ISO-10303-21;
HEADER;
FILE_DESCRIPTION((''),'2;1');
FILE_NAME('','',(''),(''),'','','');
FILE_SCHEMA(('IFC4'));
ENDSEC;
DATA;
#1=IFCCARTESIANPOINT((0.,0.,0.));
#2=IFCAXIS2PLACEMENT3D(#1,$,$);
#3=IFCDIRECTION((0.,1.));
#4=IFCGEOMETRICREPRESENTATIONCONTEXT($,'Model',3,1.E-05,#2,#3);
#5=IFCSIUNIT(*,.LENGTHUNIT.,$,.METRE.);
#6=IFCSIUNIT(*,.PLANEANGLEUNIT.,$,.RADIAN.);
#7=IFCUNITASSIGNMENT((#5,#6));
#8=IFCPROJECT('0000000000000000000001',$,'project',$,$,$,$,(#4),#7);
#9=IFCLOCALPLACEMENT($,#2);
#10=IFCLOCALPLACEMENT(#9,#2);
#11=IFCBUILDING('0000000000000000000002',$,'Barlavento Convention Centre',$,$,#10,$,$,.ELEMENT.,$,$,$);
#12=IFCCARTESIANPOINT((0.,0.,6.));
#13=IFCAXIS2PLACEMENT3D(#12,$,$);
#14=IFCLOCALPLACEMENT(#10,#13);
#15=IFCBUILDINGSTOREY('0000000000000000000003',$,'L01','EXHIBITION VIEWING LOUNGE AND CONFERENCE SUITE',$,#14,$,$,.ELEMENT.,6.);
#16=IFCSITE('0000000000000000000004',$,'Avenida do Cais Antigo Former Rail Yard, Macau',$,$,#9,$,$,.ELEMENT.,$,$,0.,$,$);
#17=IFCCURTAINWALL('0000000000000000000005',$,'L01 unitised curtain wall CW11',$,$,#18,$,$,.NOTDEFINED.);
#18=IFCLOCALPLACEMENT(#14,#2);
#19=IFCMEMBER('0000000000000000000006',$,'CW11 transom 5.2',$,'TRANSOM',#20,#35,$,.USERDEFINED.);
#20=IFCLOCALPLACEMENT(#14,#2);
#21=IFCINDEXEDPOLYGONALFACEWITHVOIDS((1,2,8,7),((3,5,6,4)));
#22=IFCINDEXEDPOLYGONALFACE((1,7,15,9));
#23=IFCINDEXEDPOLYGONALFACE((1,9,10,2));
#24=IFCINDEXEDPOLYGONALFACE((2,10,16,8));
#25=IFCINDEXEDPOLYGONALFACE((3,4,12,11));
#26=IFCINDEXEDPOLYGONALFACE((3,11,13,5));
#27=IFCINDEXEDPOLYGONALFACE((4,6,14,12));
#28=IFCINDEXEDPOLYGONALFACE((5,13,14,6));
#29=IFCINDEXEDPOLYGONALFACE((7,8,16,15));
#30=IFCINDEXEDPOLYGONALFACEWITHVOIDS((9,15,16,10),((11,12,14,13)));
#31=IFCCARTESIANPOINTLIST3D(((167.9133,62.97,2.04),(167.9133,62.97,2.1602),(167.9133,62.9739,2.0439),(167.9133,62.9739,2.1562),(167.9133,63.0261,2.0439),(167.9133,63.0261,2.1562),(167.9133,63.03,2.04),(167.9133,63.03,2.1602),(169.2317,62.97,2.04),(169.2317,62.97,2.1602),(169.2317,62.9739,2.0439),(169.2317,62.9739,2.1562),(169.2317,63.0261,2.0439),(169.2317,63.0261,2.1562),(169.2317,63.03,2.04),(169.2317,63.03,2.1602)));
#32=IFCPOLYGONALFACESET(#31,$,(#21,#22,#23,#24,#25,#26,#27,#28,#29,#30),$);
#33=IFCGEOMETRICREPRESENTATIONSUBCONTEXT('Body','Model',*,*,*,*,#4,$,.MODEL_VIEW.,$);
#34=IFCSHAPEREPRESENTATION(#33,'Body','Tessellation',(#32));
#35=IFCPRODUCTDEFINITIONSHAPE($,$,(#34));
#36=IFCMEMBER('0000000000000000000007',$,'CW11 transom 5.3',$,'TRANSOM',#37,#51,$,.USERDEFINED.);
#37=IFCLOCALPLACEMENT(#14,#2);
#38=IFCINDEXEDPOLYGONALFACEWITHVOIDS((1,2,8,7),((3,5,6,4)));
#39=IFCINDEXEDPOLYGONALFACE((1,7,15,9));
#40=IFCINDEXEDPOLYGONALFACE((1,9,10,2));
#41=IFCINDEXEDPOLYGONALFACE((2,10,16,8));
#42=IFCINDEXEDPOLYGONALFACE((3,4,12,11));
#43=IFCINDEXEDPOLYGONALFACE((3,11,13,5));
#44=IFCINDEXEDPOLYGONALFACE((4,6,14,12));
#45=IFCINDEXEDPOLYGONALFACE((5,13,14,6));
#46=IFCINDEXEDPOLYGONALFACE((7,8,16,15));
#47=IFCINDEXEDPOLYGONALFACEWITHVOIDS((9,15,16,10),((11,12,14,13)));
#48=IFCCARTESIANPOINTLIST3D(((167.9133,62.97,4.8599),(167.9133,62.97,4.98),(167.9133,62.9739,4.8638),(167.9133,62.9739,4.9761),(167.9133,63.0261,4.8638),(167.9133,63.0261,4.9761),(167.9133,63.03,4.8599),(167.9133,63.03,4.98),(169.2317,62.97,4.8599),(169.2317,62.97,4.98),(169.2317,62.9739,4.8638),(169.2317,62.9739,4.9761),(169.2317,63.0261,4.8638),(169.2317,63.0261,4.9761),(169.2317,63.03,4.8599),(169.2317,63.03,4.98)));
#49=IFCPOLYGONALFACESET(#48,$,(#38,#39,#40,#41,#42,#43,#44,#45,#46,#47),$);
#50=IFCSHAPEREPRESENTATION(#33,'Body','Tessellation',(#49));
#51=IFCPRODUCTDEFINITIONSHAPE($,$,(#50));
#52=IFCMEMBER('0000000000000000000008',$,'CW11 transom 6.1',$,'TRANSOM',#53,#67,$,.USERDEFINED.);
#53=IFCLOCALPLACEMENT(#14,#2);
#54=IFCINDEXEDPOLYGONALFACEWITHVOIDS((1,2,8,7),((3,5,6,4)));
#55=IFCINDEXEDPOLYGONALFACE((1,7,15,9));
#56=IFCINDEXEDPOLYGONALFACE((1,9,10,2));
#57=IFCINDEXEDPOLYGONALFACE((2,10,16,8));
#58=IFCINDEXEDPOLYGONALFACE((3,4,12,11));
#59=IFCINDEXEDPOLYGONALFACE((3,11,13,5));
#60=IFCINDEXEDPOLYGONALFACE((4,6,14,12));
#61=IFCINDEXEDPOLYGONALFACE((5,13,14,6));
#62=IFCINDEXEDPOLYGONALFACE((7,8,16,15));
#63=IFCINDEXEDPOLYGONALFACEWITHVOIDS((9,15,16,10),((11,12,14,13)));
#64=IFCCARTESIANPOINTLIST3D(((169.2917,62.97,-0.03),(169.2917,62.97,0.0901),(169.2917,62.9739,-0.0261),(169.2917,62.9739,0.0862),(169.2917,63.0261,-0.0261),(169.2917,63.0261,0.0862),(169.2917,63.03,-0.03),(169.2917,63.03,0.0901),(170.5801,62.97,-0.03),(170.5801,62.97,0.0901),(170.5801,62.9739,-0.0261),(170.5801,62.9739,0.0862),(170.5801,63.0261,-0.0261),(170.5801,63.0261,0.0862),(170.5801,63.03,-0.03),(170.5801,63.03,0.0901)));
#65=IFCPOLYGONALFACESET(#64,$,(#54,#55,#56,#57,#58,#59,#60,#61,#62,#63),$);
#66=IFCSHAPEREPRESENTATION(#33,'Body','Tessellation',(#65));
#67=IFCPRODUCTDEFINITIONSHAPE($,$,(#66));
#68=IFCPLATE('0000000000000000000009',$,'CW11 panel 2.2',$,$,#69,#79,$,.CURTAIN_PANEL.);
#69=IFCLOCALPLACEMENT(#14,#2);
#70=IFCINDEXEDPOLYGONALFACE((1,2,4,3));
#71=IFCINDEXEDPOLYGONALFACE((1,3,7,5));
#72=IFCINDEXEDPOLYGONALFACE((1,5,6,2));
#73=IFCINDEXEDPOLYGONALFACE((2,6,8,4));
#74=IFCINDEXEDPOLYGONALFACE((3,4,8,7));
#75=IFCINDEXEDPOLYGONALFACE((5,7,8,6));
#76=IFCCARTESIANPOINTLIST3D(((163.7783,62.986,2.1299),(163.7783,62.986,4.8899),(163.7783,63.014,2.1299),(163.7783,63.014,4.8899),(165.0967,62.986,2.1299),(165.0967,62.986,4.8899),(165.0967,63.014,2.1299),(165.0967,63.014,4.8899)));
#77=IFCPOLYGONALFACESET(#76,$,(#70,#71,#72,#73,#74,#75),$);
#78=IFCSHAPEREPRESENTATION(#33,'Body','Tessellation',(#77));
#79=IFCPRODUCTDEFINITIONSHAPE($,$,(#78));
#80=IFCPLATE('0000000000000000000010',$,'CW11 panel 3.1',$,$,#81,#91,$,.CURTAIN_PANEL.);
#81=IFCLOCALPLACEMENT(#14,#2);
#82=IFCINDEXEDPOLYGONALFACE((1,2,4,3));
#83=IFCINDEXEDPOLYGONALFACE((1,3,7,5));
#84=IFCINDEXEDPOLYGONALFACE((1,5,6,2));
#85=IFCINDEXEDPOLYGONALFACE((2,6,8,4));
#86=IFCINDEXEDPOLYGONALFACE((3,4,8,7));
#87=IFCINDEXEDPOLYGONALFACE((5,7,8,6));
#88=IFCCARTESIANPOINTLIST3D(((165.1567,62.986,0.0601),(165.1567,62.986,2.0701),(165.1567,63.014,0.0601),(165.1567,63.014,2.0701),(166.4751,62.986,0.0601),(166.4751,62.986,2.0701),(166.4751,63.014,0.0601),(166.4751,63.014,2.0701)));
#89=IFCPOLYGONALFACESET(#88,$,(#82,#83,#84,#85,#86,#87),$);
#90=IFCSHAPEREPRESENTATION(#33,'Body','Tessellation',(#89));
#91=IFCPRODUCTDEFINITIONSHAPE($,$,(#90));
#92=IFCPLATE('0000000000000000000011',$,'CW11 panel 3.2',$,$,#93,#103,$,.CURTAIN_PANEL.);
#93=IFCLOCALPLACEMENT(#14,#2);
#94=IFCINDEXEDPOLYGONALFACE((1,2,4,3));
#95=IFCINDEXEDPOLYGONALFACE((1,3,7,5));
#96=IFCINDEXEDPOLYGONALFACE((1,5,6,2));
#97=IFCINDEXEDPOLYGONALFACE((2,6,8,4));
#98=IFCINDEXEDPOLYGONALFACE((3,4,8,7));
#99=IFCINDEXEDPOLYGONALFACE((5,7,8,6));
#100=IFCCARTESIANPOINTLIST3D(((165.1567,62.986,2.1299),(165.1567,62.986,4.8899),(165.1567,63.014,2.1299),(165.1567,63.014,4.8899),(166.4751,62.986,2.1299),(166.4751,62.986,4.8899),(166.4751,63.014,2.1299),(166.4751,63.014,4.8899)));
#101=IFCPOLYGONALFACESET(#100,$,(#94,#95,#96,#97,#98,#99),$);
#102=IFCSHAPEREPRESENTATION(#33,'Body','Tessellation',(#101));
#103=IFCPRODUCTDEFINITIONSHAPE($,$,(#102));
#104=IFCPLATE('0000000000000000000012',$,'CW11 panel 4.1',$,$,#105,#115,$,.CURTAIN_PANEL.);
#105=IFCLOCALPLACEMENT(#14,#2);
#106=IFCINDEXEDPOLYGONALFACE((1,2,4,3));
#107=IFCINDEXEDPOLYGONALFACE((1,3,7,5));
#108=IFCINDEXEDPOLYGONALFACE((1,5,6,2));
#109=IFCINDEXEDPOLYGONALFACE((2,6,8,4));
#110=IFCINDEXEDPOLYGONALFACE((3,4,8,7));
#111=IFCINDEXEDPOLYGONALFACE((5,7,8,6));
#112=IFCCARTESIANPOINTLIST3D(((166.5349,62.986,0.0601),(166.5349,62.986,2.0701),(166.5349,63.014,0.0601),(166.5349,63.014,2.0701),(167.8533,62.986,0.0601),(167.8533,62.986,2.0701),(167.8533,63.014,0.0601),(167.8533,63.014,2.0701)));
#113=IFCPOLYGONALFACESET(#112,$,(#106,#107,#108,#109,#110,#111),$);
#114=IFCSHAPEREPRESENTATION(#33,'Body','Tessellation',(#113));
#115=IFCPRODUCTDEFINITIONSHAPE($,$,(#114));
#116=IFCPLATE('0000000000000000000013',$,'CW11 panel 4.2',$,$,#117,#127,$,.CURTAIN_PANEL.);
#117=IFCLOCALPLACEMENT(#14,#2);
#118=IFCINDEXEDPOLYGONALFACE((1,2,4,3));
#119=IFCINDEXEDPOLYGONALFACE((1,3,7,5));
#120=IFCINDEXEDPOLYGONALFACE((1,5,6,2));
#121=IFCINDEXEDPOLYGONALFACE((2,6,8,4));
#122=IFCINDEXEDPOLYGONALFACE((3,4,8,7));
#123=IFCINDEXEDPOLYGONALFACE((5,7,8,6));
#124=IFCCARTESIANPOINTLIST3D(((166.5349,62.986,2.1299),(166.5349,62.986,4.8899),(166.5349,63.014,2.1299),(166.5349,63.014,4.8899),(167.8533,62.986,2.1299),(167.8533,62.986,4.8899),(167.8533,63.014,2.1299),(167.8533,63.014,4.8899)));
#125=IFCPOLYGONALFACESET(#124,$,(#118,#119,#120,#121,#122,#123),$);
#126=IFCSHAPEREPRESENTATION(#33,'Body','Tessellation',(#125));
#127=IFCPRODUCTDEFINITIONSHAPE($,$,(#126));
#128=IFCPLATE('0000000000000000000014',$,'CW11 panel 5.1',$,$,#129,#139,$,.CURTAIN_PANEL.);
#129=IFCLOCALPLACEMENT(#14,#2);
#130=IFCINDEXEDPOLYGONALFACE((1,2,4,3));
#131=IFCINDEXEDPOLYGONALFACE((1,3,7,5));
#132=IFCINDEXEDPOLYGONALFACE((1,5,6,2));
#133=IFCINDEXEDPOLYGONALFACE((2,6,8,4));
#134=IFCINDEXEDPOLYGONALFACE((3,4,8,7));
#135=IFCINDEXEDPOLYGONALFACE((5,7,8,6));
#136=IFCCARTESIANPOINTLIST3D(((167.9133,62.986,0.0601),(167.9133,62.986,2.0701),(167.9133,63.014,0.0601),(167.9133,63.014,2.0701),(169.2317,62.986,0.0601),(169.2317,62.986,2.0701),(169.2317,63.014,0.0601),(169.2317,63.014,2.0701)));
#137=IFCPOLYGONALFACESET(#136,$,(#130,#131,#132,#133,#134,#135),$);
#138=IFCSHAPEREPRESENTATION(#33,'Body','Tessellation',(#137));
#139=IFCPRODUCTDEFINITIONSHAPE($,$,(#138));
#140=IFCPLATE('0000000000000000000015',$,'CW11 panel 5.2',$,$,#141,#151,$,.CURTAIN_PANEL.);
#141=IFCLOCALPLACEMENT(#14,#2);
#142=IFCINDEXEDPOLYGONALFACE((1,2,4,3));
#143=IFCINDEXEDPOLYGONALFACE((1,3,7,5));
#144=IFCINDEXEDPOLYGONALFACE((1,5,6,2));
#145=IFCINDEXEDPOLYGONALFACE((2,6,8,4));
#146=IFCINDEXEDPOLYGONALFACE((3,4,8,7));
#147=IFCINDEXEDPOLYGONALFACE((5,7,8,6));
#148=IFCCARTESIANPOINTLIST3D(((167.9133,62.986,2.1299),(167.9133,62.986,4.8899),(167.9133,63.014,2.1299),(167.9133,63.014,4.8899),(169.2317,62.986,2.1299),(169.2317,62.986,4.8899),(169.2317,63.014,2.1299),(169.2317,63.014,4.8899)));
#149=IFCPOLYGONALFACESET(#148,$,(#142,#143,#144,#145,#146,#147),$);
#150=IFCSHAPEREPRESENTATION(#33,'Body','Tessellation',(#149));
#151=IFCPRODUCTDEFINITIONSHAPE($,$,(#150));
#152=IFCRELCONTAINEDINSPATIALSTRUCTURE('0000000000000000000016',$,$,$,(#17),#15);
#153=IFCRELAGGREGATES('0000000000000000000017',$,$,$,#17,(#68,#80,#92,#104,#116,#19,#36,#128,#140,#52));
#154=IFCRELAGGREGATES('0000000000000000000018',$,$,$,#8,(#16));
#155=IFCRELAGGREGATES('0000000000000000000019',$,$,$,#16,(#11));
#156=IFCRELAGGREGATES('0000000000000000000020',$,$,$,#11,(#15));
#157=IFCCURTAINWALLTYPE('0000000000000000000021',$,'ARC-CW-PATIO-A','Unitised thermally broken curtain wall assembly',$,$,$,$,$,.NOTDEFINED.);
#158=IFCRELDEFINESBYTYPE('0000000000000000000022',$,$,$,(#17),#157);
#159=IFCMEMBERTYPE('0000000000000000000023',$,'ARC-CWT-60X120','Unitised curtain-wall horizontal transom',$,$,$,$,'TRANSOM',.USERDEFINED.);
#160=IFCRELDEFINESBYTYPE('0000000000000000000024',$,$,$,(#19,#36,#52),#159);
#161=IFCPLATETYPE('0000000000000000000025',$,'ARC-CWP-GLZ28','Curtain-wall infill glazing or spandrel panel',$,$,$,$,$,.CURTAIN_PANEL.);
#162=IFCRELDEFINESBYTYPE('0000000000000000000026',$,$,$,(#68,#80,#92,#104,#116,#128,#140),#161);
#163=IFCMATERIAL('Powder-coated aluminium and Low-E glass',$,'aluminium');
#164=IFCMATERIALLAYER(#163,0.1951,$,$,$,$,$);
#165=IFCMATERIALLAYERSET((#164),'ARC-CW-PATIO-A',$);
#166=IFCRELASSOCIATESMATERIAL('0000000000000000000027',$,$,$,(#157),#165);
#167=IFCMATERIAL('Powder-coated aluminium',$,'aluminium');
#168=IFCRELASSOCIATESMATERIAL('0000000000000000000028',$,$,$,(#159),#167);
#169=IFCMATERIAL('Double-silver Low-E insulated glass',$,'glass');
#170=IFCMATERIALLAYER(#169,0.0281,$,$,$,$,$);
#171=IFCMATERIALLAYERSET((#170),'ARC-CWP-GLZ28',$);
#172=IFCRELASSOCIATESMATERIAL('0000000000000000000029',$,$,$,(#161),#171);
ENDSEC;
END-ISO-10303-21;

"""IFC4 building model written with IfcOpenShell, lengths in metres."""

from ifc_helpers import new_model, si_unit, direction, frame, origin, origin_2d, place, context, subcontext, project, spatial, rectangle, hollow_rectangle, extrude, material, layer, layer_set, material_profile, profile_set, type_object, element, aggregate, save


model = new_model("IFC4")

# Units and contexts
model_context = context("Model", 3, precision=1e-05, world=origin(), true_north=direction((0.0, 1.0)))
body_context = subcontext(model_context, "Body", "Model", "MODEL_VIEW")
ifc_project = project(units=[si_unit("LENGTHUNIT", "METRE"), si_unit("PLANEANGLEUNIT", "RADIAN")], contexts=[model_context])

# Site, building, storey
site_placement = place(None, origin())
site = spatial("IfcSite", under=ifc_project, at=site_placement, Name="Avenida do Cais Antigo Former Rail Yard, Macau", CompositionType="ELEMENT", RefElevation=0.0)
building_placement = place(site_placement, origin())
building = spatial("IfcBuilding", under=site, at=building_placement, Name="Barlavento Convention Centre", CompositionType="ELEMENT")
storey_placement = place(building_placement, frame((0.0, 0.0, 6.0)))
storey = spatial("IfcBuildingStorey", under=building, at=storey_placement, Name="L01", Description="EXHIBITION VIEWING LOUNGE AND CONFERENCE SUITE", CompositionType="ELEMENT", Elevation=6.0)

# Curtain wall, members, plates
ifc_material_1 = material(Name="Powder-coated aluminium and Low-E glass", Category="aluminium")
ifc_layer_1 = layer(ifc_material_1, 0.1951)
ifc_layer_set_1 = layer_set([ifc_layer_1], Name="ARC-CW-PATIO-A")
curtain_wall_type = type_object("IfcCurtainWallType", Name="ARC-CW-PATIO-A", Description="Unitised thermally broken curtain wall assembly", PredefinedType="NOTDEFINED", material=ifc_layer_set_1)
curtain_wall_placement = place(storey_placement, origin())
curtain_wall = element("IfcCurtainWall", 1, at=curtain_wall_placement, inside=storey, type_object=curtain_wall_type, Name="L01 unitised curtain wall CW11", PredefinedType="NOTDEFINED")
ifc_material_2 = material(Name="Powder-coated aluminium", Category="aluminium")
ifc_material_profile_1 = material_profile(ifc_material_2, hollow_rectangle(XDim=0.0601, YDim=0.1201, WallThickness=0.0039, at=origin_2d()), Name="AL-TRAN 60x120x4")
ifc_profile_set_1 = profile_set([ifc_material_profile_1], Name="Powder-coated aluminium")
member_type_1 = type_object("IfcMemberType", Name="ARC-CWT-60X120", Description="Unitised curtain-wall horizontal transom", ElementType="TRANSOM", PredefinedType="USERDEFINED", material=ifc_profile_set_1)
member_1_placement = place(storey_placement, frame((167.9133, 63.0, 2.1001), z_axis=(1.0, 0.0, 0.0), x_axis=(0.0, 1.0, 0.0)))
member_1 = element("IfcMember", 2, at=member_1_placement, type_object=member_type_1, Name="CW11 transom 5.2", ObjectType="TRANSOM", PredefinedType="USERDEFINED", context=body_context, shape_type="SweptSolid", body=[
    extrude(hollow_rectangle(XDim=0.0601, YDim=0.1201, WallThickness=0.0039, at=origin_2d()), origin(), (0.0, 0.0, 1.0), 1.3184),
])
member_2_placement = place(storey_placement, frame((167.9133, 63.0, 4.9199), z_axis=(1.0, 0.0, 0.0), x_axis=(0.0, 1.0, 0.0)))
member_2 = element("IfcMember", 3, at=member_2_placement, type_object=member_type_1, Name="CW11 transom 5.3", ObjectType="TRANSOM", PredefinedType="USERDEFINED", context=body_context, shape_type="SweptSolid", body=[
    extrude(hollow_rectangle(XDim=0.0601, YDim=0.1201, WallThickness=0.0039, at=origin_2d()), origin(), (0.0, 0.0, 1.0), 1.3184),
])
member_3_placement = place(storey_placement, frame((169.2917, 63.0, 0.03), z_axis=(1.0, 0.0, 0.0), x_axis=(0.0, 1.0, 0.0)))
member_3 = element("IfcMember", 4, at=member_3_placement, type_object=member_type_1, Name="CW11 transom 6.1", ObjectType="TRANSOM", PredefinedType="USERDEFINED", context=body_context, shape_type="SweptSolid", body=[
    extrude(hollow_rectangle(XDim=0.0601, YDim=0.1201, WallThickness=0.0039, at=origin_2d()), origin(), (0.0, 0.0, 1.0), 1.2883),
])
ifc_material_3 = material(Name="Double-silver Low-E insulated glass", Category="glass")
ifc_layer_2 = layer(ifc_material_3, 0.0281)
ifc_layer_set_2 = layer_set([ifc_layer_2], Name="ARC-CWP-GLZ28")
plate_type = type_object("IfcPlateType", Name="ARC-CWP-GLZ28", Description="Curtain-wall infill glazing or spandrel panel", PredefinedType="CURTAIN_PANEL", material=ifc_layer_set_2)
plate_1_placement = place(storey_placement, frame((164.4375, 63.0, 2.1299), z_axis=(0.0, 0.0, 1.0), x_axis=(1.0, 0.0, 0.0)))
plate_1 = element("IfcPlate", 5, at=plate_1_placement, type_object=plate_type, Name="CW11 panel 2.2", PredefinedType="CURTAIN_PANEL", context=body_context, shape_type="SweptSolid", body=[
    extrude(rectangle(XDim=1.3184, YDim=0.0281, at=origin_2d()), origin(), (0.0, 0.0, 1.0), 2.76),
])
plate_2_placement = place(storey_placement, frame((165.8159, 63.0, 0.0601), z_axis=(0.0, 0.0, 1.0), x_axis=(1.0, 0.0, 0.0)))
plate_2 = element("IfcPlate", 6, at=plate_2_placement, type_object=plate_type, Name="CW11 panel 3.1", PredefinedType="CURTAIN_PANEL", context=body_context, shape_type="SweptSolid", body=[
    extrude(rectangle(XDim=1.3184, YDim=0.0281, at=origin_2d()), origin(), (0.0, 0.0, 1.0), 2.01),
])
plate_3_placement = place(storey_placement, frame((165.8159, 63.0, 2.1299), z_axis=(0.0, 0.0, 1.0), x_axis=(1.0, 0.0, 0.0)))
plate_3 = element("IfcPlate", 7, at=plate_3_placement, type_object=plate_type, Name="CW11 panel 3.2", PredefinedType="CURTAIN_PANEL", context=body_context, shape_type="SweptSolid", body=[
    extrude(rectangle(XDim=1.3184, YDim=0.0281, at=origin_2d()), origin(), (0.0, 0.0, 1.0), 2.76),
])
plate_4_placement = place(storey_placement, frame((167.1941, 63.0, 0.0601), z_axis=(0.0, 0.0, 1.0), x_axis=(1.0, 0.0, 0.0)))
plate_4 = element("IfcPlate", 8, at=plate_4_placement, type_object=plate_type, Name="CW11 panel 4.1", PredefinedType="CURTAIN_PANEL", context=body_context, shape_type="SweptSolid", body=[
    extrude(rectangle(XDim=1.3184, YDim=0.0281, at=origin_2d()), origin(), (0.0, 0.0, 1.0), 2.01),
])
plate_5_placement = place(storey_placement, frame((167.1941, 63.0, 2.1299), z_axis=(0.0, 0.0, 1.0), x_axis=(1.0, 0.0, 0.0)))
plate_5 = element("IfcPlate", 9, at=plate_5_placement, type_object=plate_type, Name="CW11 panel 4.2", PredefinedType="CURTAIN_PANEL", context=body_context, shape_type="SweptSolid", body=[
    extrude(rectangle(XDim=1.3184, YDim=0.0281, at=origin_2d()), origin(), (0.0, 0.0, 1.0), 2.76),
])
plate_6_placement = place(storey_placement, frame((168.5725, 63.0, 0.0601), z_axis=(0.0, 0.0, 1.0), x_axis=(1.0, 0.0, 0.0)))
plate_6 = element("IfcPlate", 10, at=plate_6_placement, type_object=plate_type, Name="CW11 panel 5.1", PredefinedType="CURTAIN_PANEL", context=body_context, shape_type="SweptSolid", body=[
    extrude(rectangle(XDim=1.3184, YDim=0.0281, at=origin_2d()), origin(), (0.0, 0.0, 1.0), 2.01),
])
plate_7_placement = place(storey_placement, frame((168.5725, 63.0, 2.1299), z_axis=(0.0, 0.0, 1.0), x_axis=(1.0, 0.0, 0.0)))
plate_7 = element("IfcPlate", 11, at=plate_7_placement, type_object=plate_type, Name="CW11 panel 5.2", PredefinedType="CURTAIN_PANEL", context=body_context, shape_type="SweptSolid", body=[
    extrude(rectangle(XDim=1.3184, YDim=0.0281, at=origin_2d()), origin(), (0.0, 0.0, 1.0), 2.76),
])
aggregate(curtain_wall, [plate_1, plate_2, plate_3, plate_4, plate_5, member_1, member_2, plate_6, plate_7, member_3])

save(model, "model.ifc")
